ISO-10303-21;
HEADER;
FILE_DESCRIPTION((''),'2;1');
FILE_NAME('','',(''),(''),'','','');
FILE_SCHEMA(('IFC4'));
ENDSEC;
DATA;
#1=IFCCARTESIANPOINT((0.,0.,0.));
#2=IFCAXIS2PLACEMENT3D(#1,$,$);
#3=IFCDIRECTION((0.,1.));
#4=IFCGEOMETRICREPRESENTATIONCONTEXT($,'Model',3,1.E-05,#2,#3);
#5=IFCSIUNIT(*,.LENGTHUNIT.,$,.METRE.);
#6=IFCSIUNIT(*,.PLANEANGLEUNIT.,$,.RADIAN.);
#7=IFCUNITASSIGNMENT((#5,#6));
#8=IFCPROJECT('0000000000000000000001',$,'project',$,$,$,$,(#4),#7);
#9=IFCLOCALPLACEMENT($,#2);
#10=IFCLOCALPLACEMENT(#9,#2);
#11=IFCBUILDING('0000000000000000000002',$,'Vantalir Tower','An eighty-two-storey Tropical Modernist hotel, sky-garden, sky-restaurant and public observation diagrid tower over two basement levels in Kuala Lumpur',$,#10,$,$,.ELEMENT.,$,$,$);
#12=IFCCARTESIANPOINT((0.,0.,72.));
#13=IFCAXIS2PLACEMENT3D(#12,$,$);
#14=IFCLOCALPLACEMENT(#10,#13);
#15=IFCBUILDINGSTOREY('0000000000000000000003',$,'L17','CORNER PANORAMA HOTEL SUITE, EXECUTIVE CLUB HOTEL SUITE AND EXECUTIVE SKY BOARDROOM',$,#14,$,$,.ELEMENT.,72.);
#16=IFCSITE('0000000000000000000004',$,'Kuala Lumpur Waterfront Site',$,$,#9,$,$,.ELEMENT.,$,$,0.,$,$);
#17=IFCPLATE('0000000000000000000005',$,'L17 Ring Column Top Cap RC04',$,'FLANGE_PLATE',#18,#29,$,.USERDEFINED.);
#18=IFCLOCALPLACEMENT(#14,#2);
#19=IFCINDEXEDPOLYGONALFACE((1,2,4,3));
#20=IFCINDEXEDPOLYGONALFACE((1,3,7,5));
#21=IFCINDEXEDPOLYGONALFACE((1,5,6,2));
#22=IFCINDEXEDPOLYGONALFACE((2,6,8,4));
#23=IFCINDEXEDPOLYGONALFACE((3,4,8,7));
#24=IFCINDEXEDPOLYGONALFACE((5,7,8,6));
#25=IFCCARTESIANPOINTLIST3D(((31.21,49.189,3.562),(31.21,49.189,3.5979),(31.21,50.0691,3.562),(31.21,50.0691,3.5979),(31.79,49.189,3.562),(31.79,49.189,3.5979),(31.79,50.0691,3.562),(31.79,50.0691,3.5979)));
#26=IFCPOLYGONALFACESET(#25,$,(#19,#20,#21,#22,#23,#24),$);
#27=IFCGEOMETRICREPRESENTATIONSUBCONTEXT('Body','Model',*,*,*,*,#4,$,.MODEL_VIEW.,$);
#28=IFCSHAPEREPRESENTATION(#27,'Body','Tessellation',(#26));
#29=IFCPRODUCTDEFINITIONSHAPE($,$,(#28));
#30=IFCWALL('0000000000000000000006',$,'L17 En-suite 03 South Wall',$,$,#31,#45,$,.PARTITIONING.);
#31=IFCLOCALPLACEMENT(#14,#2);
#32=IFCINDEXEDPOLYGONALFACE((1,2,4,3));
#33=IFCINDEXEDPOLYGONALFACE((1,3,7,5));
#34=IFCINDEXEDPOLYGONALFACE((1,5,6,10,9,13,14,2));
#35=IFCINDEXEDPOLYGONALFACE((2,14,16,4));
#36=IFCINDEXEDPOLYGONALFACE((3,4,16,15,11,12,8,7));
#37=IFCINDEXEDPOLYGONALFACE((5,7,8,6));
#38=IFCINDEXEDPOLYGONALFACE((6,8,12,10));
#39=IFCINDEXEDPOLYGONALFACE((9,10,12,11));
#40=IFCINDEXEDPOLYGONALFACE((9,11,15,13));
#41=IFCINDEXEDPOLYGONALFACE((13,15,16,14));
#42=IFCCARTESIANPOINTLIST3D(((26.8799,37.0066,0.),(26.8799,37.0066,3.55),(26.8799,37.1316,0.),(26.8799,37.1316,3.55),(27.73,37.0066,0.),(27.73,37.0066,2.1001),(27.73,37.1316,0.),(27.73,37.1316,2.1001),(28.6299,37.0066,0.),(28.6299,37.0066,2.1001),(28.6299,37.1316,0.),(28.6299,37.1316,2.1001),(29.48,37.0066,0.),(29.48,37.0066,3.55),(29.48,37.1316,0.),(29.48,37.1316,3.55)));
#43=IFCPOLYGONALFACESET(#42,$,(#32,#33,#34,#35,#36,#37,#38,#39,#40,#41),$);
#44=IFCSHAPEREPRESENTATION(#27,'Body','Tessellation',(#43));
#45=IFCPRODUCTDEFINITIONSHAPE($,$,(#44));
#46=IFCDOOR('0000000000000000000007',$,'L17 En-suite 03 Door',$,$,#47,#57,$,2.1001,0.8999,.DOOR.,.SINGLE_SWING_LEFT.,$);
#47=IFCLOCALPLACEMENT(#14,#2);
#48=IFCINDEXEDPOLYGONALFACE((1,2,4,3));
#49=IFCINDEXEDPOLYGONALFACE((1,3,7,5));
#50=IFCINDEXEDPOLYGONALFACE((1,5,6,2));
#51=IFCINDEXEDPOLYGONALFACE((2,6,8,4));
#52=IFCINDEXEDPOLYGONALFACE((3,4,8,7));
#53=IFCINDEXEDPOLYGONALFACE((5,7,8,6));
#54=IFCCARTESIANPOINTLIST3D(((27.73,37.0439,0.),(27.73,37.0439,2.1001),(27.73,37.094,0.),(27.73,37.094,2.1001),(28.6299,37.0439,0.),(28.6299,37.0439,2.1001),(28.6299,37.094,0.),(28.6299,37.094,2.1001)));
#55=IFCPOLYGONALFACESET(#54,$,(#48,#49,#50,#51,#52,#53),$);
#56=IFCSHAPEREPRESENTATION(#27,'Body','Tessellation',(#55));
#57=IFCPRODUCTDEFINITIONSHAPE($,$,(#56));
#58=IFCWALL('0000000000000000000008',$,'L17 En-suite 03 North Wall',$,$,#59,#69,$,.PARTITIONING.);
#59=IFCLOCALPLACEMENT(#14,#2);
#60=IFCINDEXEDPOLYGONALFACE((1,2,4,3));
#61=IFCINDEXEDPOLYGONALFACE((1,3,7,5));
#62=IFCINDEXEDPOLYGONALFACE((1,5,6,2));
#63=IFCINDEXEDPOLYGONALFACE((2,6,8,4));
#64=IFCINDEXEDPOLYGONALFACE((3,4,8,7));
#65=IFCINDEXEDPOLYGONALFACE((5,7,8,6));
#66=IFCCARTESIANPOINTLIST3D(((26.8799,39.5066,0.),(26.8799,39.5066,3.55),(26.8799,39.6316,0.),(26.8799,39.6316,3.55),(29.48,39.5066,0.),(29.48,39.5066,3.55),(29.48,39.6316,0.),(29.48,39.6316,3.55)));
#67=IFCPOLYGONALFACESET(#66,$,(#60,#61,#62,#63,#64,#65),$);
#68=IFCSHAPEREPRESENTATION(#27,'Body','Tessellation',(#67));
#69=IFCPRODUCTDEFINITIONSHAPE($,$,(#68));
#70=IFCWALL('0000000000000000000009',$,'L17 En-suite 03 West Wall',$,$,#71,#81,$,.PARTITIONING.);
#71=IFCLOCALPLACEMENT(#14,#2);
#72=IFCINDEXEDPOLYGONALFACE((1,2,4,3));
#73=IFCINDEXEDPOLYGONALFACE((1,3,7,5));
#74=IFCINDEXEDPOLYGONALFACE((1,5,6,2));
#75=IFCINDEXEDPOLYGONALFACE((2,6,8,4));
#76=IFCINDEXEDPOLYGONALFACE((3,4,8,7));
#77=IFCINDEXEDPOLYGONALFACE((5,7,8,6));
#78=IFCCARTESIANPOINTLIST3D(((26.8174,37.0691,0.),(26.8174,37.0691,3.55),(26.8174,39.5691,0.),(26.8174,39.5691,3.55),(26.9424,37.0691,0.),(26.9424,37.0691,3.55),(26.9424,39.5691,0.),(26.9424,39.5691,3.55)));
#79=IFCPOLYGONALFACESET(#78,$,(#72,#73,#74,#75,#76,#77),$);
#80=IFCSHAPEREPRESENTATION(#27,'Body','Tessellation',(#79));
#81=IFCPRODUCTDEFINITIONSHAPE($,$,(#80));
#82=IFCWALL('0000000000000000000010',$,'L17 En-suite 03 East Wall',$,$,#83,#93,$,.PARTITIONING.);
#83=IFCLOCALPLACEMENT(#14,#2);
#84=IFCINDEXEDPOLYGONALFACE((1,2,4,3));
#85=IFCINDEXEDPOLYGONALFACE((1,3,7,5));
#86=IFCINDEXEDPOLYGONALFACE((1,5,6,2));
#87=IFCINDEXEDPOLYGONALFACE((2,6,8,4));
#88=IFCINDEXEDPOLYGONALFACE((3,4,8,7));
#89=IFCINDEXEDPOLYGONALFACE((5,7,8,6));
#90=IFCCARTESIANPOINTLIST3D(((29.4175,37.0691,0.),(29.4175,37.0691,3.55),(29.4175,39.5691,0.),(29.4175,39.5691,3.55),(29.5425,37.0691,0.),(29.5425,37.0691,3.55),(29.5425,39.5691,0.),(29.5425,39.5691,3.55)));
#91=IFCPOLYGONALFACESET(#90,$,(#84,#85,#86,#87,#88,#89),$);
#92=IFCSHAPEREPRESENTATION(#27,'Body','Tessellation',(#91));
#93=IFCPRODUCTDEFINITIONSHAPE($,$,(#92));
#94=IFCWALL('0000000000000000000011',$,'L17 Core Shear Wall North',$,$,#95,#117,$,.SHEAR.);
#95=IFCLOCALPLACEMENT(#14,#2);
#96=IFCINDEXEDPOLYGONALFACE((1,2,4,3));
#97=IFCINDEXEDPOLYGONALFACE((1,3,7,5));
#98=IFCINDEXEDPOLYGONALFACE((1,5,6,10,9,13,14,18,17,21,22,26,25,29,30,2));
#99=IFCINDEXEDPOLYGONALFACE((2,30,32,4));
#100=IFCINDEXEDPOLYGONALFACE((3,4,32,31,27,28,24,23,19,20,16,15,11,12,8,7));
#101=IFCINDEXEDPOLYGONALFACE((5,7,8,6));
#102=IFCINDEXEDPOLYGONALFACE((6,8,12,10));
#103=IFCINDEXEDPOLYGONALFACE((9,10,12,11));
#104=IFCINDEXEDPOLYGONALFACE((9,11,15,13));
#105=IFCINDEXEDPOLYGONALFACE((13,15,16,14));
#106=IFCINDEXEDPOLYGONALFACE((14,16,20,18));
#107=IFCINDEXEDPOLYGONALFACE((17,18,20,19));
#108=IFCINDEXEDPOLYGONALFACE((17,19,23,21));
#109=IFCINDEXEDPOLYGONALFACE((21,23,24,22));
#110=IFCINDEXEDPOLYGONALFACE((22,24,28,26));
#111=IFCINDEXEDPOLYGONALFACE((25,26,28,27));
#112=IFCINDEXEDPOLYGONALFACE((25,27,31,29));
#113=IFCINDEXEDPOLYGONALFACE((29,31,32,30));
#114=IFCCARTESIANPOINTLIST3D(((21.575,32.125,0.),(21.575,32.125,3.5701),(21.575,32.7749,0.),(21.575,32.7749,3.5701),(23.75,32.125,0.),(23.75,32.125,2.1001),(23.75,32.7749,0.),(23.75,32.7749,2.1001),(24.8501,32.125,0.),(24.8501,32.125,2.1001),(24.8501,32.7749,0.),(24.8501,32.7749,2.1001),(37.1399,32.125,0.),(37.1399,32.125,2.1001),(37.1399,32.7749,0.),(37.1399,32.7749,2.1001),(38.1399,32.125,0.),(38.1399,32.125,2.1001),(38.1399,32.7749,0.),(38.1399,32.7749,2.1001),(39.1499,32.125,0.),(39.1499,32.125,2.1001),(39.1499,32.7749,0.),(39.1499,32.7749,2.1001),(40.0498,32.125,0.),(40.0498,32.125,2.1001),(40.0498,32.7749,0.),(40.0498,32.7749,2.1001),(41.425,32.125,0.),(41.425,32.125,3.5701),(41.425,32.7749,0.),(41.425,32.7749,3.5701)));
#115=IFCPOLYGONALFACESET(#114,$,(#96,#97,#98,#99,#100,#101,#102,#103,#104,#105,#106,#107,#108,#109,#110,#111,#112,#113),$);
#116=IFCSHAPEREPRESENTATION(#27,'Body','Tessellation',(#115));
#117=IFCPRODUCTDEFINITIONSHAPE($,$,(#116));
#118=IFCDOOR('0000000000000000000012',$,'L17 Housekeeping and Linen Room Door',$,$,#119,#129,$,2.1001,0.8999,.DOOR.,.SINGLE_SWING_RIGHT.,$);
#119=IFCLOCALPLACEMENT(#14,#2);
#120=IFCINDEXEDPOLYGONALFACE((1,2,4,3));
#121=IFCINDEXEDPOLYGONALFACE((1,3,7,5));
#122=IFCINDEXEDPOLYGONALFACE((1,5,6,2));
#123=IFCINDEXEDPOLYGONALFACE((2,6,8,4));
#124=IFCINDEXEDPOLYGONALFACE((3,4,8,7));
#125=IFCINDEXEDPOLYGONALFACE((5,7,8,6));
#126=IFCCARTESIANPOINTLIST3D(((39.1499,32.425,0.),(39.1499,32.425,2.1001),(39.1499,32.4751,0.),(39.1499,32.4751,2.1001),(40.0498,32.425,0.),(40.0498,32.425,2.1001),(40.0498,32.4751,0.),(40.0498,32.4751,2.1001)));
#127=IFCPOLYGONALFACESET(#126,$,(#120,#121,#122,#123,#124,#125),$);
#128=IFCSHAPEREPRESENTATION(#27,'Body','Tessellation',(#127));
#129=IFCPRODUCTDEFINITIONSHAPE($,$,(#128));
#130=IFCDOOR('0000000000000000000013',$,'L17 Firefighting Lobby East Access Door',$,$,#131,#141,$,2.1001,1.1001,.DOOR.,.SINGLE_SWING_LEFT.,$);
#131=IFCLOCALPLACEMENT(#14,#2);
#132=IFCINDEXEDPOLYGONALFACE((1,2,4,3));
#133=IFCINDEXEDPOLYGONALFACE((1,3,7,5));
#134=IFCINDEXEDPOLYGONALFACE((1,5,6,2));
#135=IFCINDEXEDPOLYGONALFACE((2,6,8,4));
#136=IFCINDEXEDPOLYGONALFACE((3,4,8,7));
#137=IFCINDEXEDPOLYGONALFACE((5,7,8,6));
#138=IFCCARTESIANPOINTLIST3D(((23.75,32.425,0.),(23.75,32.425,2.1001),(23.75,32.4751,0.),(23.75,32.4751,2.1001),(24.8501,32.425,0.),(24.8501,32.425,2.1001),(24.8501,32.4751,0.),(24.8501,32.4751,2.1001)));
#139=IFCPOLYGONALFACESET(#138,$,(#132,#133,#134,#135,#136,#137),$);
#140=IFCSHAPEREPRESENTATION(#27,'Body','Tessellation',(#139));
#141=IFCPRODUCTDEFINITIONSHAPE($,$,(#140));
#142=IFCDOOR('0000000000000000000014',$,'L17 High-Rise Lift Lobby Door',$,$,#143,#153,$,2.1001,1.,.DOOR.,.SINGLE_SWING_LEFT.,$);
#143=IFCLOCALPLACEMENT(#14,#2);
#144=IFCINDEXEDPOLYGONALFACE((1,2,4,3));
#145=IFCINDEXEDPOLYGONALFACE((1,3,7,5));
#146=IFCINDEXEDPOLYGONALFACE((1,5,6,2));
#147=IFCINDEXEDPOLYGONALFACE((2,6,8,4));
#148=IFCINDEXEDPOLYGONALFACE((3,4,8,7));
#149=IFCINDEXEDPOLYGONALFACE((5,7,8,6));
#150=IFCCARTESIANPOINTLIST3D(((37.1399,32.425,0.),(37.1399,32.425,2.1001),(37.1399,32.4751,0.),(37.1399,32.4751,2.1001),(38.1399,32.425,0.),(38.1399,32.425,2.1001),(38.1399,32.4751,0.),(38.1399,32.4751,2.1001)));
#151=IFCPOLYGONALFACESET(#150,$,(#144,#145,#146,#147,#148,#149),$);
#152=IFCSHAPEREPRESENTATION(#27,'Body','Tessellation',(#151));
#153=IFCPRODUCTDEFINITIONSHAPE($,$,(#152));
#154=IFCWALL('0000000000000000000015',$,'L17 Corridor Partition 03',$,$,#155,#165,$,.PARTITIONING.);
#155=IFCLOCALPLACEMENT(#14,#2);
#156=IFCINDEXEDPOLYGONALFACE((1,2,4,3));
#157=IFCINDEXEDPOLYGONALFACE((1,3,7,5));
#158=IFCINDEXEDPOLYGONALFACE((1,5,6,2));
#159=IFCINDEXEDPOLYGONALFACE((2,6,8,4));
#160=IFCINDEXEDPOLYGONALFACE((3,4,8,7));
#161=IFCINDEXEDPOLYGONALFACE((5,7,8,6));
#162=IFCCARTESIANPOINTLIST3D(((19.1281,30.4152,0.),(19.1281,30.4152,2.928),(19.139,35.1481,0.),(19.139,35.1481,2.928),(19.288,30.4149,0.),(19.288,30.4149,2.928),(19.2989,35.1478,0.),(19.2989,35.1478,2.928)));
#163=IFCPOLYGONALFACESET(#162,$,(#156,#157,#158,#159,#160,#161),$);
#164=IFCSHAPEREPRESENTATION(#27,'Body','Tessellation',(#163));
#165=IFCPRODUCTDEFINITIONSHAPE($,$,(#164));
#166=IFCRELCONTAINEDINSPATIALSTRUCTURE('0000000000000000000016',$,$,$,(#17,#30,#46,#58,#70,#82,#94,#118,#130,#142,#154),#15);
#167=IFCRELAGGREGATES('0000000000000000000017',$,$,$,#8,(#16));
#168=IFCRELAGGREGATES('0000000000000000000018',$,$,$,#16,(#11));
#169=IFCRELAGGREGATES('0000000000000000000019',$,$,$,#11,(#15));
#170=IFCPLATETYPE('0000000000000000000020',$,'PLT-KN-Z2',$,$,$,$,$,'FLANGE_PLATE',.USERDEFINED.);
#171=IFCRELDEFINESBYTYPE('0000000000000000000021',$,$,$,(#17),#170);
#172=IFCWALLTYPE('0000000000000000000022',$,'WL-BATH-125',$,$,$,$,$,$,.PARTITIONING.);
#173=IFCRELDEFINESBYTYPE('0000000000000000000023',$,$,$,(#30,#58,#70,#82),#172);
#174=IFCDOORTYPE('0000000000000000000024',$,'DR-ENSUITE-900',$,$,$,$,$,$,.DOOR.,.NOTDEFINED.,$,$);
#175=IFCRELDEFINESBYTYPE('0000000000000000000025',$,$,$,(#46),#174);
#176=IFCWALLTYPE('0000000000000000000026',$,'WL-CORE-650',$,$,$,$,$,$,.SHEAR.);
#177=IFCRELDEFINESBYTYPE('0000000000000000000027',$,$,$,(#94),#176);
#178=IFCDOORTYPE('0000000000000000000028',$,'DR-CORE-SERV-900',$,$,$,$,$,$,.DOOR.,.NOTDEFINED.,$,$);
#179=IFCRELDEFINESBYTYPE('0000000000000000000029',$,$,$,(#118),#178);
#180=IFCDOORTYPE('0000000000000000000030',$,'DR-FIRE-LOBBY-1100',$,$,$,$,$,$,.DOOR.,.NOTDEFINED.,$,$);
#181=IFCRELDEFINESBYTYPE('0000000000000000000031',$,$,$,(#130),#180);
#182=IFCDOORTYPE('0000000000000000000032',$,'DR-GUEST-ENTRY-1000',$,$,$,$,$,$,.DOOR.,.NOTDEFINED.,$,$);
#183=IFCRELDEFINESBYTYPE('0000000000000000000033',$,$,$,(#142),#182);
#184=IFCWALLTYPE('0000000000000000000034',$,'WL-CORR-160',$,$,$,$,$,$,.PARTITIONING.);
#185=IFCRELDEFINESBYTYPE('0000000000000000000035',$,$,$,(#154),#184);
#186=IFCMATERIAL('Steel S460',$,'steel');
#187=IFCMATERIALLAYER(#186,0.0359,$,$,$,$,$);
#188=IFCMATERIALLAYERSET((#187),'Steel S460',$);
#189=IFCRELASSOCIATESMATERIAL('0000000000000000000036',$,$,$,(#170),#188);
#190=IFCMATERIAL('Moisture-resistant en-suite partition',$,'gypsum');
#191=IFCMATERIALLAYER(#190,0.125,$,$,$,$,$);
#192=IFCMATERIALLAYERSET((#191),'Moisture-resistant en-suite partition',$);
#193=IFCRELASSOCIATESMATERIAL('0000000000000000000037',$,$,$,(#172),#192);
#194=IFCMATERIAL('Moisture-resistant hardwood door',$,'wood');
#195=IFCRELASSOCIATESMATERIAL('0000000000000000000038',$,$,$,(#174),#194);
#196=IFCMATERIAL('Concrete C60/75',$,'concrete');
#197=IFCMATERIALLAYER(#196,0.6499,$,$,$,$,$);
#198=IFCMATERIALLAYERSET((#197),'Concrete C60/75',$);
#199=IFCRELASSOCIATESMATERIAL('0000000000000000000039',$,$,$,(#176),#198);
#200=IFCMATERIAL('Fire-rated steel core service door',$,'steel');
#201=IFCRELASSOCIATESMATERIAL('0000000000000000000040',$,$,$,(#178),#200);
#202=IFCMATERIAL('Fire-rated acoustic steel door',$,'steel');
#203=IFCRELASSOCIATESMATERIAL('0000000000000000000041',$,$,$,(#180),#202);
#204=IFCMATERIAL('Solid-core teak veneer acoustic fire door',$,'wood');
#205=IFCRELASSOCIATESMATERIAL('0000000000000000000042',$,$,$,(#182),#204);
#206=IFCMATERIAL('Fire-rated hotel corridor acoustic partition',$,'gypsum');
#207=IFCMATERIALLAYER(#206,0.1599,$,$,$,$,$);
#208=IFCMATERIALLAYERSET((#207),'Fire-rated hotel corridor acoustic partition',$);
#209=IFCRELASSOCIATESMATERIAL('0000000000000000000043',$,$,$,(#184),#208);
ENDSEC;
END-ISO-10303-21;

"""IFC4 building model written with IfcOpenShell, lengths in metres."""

from ifc_helpers import new_model, si_unit, direction, frame, frame_2d, origin, place, context, subcontext, project, spatial, polyline, rectangle, outline, extrude, material, layer, layer_set, type_object, element, fill, save


model = new_model("IFC4")

# Units and contexts
model_context = context("Model", 3, precision=1e-05, world=origin(), true_north=direction((0.0, 1.0)))
body_context = subcontext(model_context, "Body", "Model", "MODEL_VIEW")
ifc_project = project(units=[si_unit("LENGTHUNIT", "METRE"), si_unit("PLANEANGLEUNIT", "RADIAN")], contexts=[model_context])

# Site, building, storey
site_placement = place(None, origin())
site = spatial("IfcSite", under=ifc_project, at=site_placement, Name="Kuala Lumpur Waterfront Site", CompositionType="ELEMENT", RefElevation=0.0)
building_placement = place(site_placement, origin())
building = spatial("IfcBuilding", under=site, at=building_placement, Name="Vantalir Tower", Description="An eighty-two-storey Tropical Modernist hotel, sky-garden, sky-restaurant and public observation diagrid tower over two basement levels in Kuala Lumpur", CompositionType="ELEMENT")
storey_placement = place(building_placement, frame((0.0, 0.0, 72.0)))
storey = spatial("IfcBuildingStorey", under=building, at=storey_placement, Name="L17", Description="CORNER PANORAMA HOTEL SUITE, EXECUTIVE CLUB HOTEL SUITE AND EXECUTIVE SKY BOARDROOM", CompositionType="ELEMENT", Elevation=72.0)

# Shared definitions
ifc_material_1 = material(Name="Concrete C60/75", Category="concrete")
ifc_material_2 = material(Name="Steel S460", Category="steel")

# Plate
ifc_layer_1 = layer(ifc_material_2, 0.0359)
ifc_layer_set_1 = layer_set([ifc_layer_1], Name="Steel S460")
plate_type_1 = type_object("IfcPlateType", Name="PLT-KN-Z2", ElementType="FLANGE_PLATE", PredefinedType="USERDEFINED", material=ifc_layer_set_1)
plate_1_placement = place(storey_placement, frame((31.21, 50.0691, 3.5979), z_axis=(0.0, 0.0, 1.0), x_axis=(0.0, -1.0, 0.0)))
element("IfcPlate", 1, at=plate_1_placement, inside=storey, type_object=plate_type_1, Name="L17 Ring Column Top Cap RC04", ObjectType="FLANGE_PLATE", PredefinedType="USERDEFINED", context=body_context, shape_type="SweptSolid", body=[
    extrude(outline(polyline([(0.0, 0.0), (0.8801, 0.0), (0.8801, 0.5801), (0.0, 0.5801), (0.0, 0.0)])), origin(), (0.0, 0.0, -1.0), 0.0359),
])

# Wall, opening, door
ifc_material_3 = material(Name="Moisture-resistant en-suite partition", Category="gypsum")
ifc_layer_2 = layer(ifc_material_3, 0.125)
ifc_layer_set_2 = layer_set([ifc_layer_2], Name="Moisture-resistant en-suite partition")
wall_type_1 = type_object("IfcWallType", Name="WL-BATH-125", PredefinedType="PARTITIONING", material=ifc_layer_set_2)
wall_1_placement = place(storey_placement, frame((26.8799, 37.0691, 0.0), z_axis=(0.0, 0.0, 1.0), x_axis=(1.0, 0.0, 0.0)))
wall_1 = element("IfcWall", 2, at=wall_1_placement, inside=storey, type_object=wall_type_1, Name="L17 En-suite 03 South Wall", PredefinedType="PARTITIONING", context=body_context, shape_type="SweptSolid", body=[
    extrude(rectangle(XDim=2.6001, YDim=0.125, at=frame_2d((1.3, 0.0))), origin(), (0.0, 0.0, 1.0), 3.55),
])
opening_1_placement = place(wall_1_placement, frame((0.8501, 0.0, 0.0)))
opening_1 = element("IfcOpeningElement", 3, at=opening_1_placement, cuts=wall_1, PredefinedType="OPENING", context=body_context, shape_type="SweptSolid", body=[
    extrude(rectangle(XDim=0.8999, YDim=2.1001, at=frame_2d((0.45, 1.05))), frame((0.0, 0.0725, 0.0), z_axis=(0.0, -1.0, 0.0), x_axis=(1.0, 0.0, 0.0)), (0.0, 0.0, 1.0), 0.145),
])
ifc_material_4 = material(Name="Moisture-resistant hardwood door", Category="wood")
door_type_1 = type_object("IfcDoorType", Name="DR-ENSUITE-900", OperationType="NOTDEFINED", PredefinedType="DOOR", material=ifc_material_4)
door_1_placement = place(opening_1_placement, origin())
door_1 = element("IfcDoor", 4, at=door_1_placement, inside=storey, type_object=door_type_1, Name="L17 En-suite 03 Door", OperationType="SINGLE_SWING_LEFT", OverallHeight=2.1001, OverallWidth=0.8999, PredefinedType="DOOR", context=body_context, shape_type="SweptSolid", body=[
    extrude(rectangle(XDim=0.8999, YDim=2.1001, at=frame_2d((0.45, 1.05))), frame((0.0, 0.0249, 0.0), z_axis=(0.0, -1.0, 0.0), x_axis=(1.0, 0.0, 0.0)), (0.0, 0.0, 1.0), 0.05),
])
fill(opening_1, door_1)

# Walls
wall_2_placement = place(storey_placement, frame((26.8799, 39.5691, 0.0), z_axis=(0.0, 0.0, 1.0), x_axis=(1.0, 0.0, 0.0)))
element("IfcWall", 5, at=wall_2_placement, inside=storey, type_object=wall_type_1, Name="L17 En-suite 03 North Wall", PredefinedType="PARTITIONING", context=body_context, shape_type="SweptSolid", body=[
    extrude(rectangle(XDim=2.6001, YDim=0.125, at=frame_2d((1.3, 0.0))), origin(), (0.0, 0.0, 1.0), 3.55),
])
for number, where, z_axis, x_axis, name in (
    (6, (26.8799, 37.0691, 0.0), (0.0, 0.0, 1.0), (0.0, 1.0, 0.0), "L17 En-suite 03 West Wall"),
    (7, (29.48, 37.0691, 0.0), (0.0, 0.0, 1.0), (0.0, 1.0, 0.0), "L17 En-suite 03 East Wall"),
):
    element("IfcWall", number, at=place(storey_placement, frame(where, z_axis=z_axis, x_axis=x_axis)), inside=storey, type_object=wall_type_1, Name=name, PredefinedType="PARTITIONING", context=body_context, shape_type="SweptSolid", body=[
        extrude(rectangle(XDim=2.5, YDim=0.125, at=frame_2d((1.25, 0.0))), origin(), (0.0, 0.0, 1.0), 3.55),
    ])

# Wall, openings, doors
ifc_layer_3 = layer(ifc_material_1, 0.6499)
ifc_layer_set_3 = layer_set([ifc_layer_3], Name="Concrete C60/75")
wall_type_2 = type_object("IfcWallType", Name="WL-CORE-650", PredefinedType="SHEAR", material=ifc_layer_set_3)
wall_3_placement = place(storey_placement, frame((21.575, 32.45, 0.0), z_axis=(0.0, 0.0, 1.0), x_axis=(1.0, 0.0, 0.0)))
wall_3 = element("IfcWall", 8, at=wall_3_placement, inside=storey, type_object=wall_type_2, Name="L17 Core Shear Wall North", PredefinedType="SHEAR", context=body_context, shape_type="SweptSolid", body=[
    extrude(rectangle(XDim=19.8501, YDim=0.6499, at=frame_2d((9.925, 0.0))), origin(), (0.0, 0.0, 1.0), 3.5701),
])
opening_2_placement = place(wall_3_placement, frame((2.175, 0.0, 0.0)))
opening_2 = element("IfcOpeningElement", 9, at=opening_2_placement, cuts=wall_3, PredefinedType="OPENING", context=body_context, shape_type="SweptSolid", body=[
    extrude(rectangle(XDim=1.1001, YDim=2.1001, at=frame_2d((0.55, 1.05))), frame((0.0, 0.335, 0.0), z_axis=(0.0, -1.0, 0.0), x_axis=(1.0, 0.0, 0.0)), (0.0, 0.0, 1.0), 0.6699),
])
opening_3_placement = place(wall_3_placement, frame((15.5649, 0.0, 0.0)))
opening_3 = element("IfcOpeningElement", 10, at=opening_3_placement, cuts=wall_3, PredefinedType="OPENING", context=body_context, shape_type="SweptSolid", body=[
    extrude(rectangle(XDim=1.0, YDim=2.1001, at=frame_2d((0.5, 1.05))), frame((0.0, 0.335, 0.0), z_axis=(0.0, -1.0, 0.0), x_axis=(1.0, 0.0, 0.0)), (0.0, 0.0, 1.0), 0.6699),
])
opening_4_placement = place(wall_3_placement, frame((17.575, 0.0, 0.0)))
opening_4 = element("IfcOpeningElement", 11, at=opening_4_placement, cuts=wall_3, PredefinedType="OPENING", context=body_context, shape_type="SweptSolid", body=[
    extrude(rectangle(XDim=0.8999, YDim=2.1001, at=frame_2d((0.45, 1.05))), frame((0.0, 0.335, 0.0), z_axis=(0.0, -1.0, 0.0), x_axis=(1.0, 0.0, 0.0)), (0.0, 0.0, 1.0), 0.6699),
])
ifc_material_5 = material(Name="Fire-rated steel core service door", Category="steel")
door_type_2 = type_object("IfcDoorType", Name="DR-CORE-SERV-900", OperationType="NOTDEFINED", PredefinedType="DOOR", material=ifc_material_5)
door_2_placement = place(opening_4_placement, frame((0.8999, 0.0, 0.0), z_axis=(0.0, 0.0, 1.0), x_axis=(-1.0, 0.0, 0.0)))
door_2 = element("IfcDoor", 12, at=door_2_placement, inside=storey, type_object=door_type_2, Name="L17 Housekeeping and Linen Room Door", OperationType="SINGLE_SWING_RIGHT", OverallHeight=2.1001, OverallWidth=0.8999, PredefinedType="DOOR", context=body_context, shape_type="SweptSolid", body=[
    extrude(rectangle(XDim=0.8999, YDim=2.1001, at=frame_2d((0.45, 1.05))), frame((0.0, 0.0249, 0.0), z_axis=(0.0, -1.0, 0.0), x_axis=(1.0, 0.0, 0.0)), (0.0, 0.0, 1.0), 0.05),
])
fill(opening_4, door_2)
ifc_material_6 = material(Name="Fire-rated acoustic steel door", Category="steel")
door_type_3 = type_object("IfcDoorType", Name="DR-FIRE-LOBBY-1100", OperationType="NOTDEFINED", PredefinedType="DOOR", material=ifc_material_6)
door_3_placement = place(opening_2_placement, frame((1.1001, 0.0, 0.0), z_axis=(0.0, 0.0, 1.0), x_axis=(-1.0, 0.0, 0.0)))
door_3 = element("IfcDoor", 13, at=door_3_placement, inside=storey, type_object=door_type_3, Name="L17 Firefighting Lobby East Access Door", OperationType="SINGLE_SWING_LEFT", OverallHeight=2.1001, OverallWidth=1.1001, PredefinedType="DOOR", context=body_context, shape_type="SweptSolid", body=[
    extrude(rectangle(XDim=1.1001, YDim=2.1001, at=frame_2d((0.55, 1.05))), frame((0.0, 0.0249, 0.0), z_axis=(0.0, -1.0, 0.0), x_axis=(1.0, 0.0, 0.0)), (0.0, 0.0, 1.0), 0.05),
])
fill(opening_2, door_3)
ifc_material_7 = material(Name="Solid-core teak veneer acoustic fire door", Category="wood")
door_type_4 = type_object("IfcDoorType", Name="DR-GUEST-ENTRY-1000", OperationType="NOTDEFINED", PredefinedType="DOOR", material=ifc_material_7)
door_4_placement = place(opening_3_placement, frame((1.0, 0.0, 0.0), z_axis=(0.0, 0.0, 1.0), x_axis=(-1.0, 0.0, 0.0)))
door_4 = element("IfcDoor", 14, at=door_4_placement, inside=storey, type_object=door_type_4, Name="L17 High-Rise Lift Lobby Door", OperationType="SINGLE_SWING_LEFT", OverallHeight=2.1001, OverallWidth=1.0, PredefinedType="DOOR", context=body_context, shape_type="SweptSolid", body=[
    extrude(rectangle(XDim=1.0, YDim=2.1001, at=frame_2d((0.5, 1.05))), frame((0.0, 0.0249, 0.0), z_axis=(0.0, -1.0, 0.0), x_axis=(1.0, 0.0, 0.0)), (0.0, 0.0, 1.0), 0.05),
])
fill(opening_3, door_4)

# Wall
ifc_material_8 = material(Name="Fire-rated hotel corridor acoustic partition", Category="gypsum")
ifc_layer_4 = layer(ifc_material_8, 0.1599)
ifc_layer_set_4 = layer_set([ifc_layer_4], Name="Fire-rated hotel corridor acoustic partition")
wall_type_3 = type_object("IfcWallType", Name="WL-CORR-160", PredefinedType="PARTITIONING", material=ifc_layer_set_4)
wall_4_placement = place(storey_placement, frame((19.208, 30.415, 0.0), z_axis=(0.0, 0.0, 1.0), x_axis=(0.002321, 0.999997, 0.0)))
element("IfcWall", 15, at=wall_4_placement, inside=storey, type_object=wall_type_3, Name="L17 Corridor Partition 03", PredefinedType="PARTITIONING", context=body_context, shape_type="SweptSolid", body=[
    extrude(rectangle(XDim=4.7329, YDim=0.1599, at=frame_2d((2.3665, 0.0))), origin(), (0.0, 0.0, 1.0), 2.928),
])

save(model, "model.ifc")
